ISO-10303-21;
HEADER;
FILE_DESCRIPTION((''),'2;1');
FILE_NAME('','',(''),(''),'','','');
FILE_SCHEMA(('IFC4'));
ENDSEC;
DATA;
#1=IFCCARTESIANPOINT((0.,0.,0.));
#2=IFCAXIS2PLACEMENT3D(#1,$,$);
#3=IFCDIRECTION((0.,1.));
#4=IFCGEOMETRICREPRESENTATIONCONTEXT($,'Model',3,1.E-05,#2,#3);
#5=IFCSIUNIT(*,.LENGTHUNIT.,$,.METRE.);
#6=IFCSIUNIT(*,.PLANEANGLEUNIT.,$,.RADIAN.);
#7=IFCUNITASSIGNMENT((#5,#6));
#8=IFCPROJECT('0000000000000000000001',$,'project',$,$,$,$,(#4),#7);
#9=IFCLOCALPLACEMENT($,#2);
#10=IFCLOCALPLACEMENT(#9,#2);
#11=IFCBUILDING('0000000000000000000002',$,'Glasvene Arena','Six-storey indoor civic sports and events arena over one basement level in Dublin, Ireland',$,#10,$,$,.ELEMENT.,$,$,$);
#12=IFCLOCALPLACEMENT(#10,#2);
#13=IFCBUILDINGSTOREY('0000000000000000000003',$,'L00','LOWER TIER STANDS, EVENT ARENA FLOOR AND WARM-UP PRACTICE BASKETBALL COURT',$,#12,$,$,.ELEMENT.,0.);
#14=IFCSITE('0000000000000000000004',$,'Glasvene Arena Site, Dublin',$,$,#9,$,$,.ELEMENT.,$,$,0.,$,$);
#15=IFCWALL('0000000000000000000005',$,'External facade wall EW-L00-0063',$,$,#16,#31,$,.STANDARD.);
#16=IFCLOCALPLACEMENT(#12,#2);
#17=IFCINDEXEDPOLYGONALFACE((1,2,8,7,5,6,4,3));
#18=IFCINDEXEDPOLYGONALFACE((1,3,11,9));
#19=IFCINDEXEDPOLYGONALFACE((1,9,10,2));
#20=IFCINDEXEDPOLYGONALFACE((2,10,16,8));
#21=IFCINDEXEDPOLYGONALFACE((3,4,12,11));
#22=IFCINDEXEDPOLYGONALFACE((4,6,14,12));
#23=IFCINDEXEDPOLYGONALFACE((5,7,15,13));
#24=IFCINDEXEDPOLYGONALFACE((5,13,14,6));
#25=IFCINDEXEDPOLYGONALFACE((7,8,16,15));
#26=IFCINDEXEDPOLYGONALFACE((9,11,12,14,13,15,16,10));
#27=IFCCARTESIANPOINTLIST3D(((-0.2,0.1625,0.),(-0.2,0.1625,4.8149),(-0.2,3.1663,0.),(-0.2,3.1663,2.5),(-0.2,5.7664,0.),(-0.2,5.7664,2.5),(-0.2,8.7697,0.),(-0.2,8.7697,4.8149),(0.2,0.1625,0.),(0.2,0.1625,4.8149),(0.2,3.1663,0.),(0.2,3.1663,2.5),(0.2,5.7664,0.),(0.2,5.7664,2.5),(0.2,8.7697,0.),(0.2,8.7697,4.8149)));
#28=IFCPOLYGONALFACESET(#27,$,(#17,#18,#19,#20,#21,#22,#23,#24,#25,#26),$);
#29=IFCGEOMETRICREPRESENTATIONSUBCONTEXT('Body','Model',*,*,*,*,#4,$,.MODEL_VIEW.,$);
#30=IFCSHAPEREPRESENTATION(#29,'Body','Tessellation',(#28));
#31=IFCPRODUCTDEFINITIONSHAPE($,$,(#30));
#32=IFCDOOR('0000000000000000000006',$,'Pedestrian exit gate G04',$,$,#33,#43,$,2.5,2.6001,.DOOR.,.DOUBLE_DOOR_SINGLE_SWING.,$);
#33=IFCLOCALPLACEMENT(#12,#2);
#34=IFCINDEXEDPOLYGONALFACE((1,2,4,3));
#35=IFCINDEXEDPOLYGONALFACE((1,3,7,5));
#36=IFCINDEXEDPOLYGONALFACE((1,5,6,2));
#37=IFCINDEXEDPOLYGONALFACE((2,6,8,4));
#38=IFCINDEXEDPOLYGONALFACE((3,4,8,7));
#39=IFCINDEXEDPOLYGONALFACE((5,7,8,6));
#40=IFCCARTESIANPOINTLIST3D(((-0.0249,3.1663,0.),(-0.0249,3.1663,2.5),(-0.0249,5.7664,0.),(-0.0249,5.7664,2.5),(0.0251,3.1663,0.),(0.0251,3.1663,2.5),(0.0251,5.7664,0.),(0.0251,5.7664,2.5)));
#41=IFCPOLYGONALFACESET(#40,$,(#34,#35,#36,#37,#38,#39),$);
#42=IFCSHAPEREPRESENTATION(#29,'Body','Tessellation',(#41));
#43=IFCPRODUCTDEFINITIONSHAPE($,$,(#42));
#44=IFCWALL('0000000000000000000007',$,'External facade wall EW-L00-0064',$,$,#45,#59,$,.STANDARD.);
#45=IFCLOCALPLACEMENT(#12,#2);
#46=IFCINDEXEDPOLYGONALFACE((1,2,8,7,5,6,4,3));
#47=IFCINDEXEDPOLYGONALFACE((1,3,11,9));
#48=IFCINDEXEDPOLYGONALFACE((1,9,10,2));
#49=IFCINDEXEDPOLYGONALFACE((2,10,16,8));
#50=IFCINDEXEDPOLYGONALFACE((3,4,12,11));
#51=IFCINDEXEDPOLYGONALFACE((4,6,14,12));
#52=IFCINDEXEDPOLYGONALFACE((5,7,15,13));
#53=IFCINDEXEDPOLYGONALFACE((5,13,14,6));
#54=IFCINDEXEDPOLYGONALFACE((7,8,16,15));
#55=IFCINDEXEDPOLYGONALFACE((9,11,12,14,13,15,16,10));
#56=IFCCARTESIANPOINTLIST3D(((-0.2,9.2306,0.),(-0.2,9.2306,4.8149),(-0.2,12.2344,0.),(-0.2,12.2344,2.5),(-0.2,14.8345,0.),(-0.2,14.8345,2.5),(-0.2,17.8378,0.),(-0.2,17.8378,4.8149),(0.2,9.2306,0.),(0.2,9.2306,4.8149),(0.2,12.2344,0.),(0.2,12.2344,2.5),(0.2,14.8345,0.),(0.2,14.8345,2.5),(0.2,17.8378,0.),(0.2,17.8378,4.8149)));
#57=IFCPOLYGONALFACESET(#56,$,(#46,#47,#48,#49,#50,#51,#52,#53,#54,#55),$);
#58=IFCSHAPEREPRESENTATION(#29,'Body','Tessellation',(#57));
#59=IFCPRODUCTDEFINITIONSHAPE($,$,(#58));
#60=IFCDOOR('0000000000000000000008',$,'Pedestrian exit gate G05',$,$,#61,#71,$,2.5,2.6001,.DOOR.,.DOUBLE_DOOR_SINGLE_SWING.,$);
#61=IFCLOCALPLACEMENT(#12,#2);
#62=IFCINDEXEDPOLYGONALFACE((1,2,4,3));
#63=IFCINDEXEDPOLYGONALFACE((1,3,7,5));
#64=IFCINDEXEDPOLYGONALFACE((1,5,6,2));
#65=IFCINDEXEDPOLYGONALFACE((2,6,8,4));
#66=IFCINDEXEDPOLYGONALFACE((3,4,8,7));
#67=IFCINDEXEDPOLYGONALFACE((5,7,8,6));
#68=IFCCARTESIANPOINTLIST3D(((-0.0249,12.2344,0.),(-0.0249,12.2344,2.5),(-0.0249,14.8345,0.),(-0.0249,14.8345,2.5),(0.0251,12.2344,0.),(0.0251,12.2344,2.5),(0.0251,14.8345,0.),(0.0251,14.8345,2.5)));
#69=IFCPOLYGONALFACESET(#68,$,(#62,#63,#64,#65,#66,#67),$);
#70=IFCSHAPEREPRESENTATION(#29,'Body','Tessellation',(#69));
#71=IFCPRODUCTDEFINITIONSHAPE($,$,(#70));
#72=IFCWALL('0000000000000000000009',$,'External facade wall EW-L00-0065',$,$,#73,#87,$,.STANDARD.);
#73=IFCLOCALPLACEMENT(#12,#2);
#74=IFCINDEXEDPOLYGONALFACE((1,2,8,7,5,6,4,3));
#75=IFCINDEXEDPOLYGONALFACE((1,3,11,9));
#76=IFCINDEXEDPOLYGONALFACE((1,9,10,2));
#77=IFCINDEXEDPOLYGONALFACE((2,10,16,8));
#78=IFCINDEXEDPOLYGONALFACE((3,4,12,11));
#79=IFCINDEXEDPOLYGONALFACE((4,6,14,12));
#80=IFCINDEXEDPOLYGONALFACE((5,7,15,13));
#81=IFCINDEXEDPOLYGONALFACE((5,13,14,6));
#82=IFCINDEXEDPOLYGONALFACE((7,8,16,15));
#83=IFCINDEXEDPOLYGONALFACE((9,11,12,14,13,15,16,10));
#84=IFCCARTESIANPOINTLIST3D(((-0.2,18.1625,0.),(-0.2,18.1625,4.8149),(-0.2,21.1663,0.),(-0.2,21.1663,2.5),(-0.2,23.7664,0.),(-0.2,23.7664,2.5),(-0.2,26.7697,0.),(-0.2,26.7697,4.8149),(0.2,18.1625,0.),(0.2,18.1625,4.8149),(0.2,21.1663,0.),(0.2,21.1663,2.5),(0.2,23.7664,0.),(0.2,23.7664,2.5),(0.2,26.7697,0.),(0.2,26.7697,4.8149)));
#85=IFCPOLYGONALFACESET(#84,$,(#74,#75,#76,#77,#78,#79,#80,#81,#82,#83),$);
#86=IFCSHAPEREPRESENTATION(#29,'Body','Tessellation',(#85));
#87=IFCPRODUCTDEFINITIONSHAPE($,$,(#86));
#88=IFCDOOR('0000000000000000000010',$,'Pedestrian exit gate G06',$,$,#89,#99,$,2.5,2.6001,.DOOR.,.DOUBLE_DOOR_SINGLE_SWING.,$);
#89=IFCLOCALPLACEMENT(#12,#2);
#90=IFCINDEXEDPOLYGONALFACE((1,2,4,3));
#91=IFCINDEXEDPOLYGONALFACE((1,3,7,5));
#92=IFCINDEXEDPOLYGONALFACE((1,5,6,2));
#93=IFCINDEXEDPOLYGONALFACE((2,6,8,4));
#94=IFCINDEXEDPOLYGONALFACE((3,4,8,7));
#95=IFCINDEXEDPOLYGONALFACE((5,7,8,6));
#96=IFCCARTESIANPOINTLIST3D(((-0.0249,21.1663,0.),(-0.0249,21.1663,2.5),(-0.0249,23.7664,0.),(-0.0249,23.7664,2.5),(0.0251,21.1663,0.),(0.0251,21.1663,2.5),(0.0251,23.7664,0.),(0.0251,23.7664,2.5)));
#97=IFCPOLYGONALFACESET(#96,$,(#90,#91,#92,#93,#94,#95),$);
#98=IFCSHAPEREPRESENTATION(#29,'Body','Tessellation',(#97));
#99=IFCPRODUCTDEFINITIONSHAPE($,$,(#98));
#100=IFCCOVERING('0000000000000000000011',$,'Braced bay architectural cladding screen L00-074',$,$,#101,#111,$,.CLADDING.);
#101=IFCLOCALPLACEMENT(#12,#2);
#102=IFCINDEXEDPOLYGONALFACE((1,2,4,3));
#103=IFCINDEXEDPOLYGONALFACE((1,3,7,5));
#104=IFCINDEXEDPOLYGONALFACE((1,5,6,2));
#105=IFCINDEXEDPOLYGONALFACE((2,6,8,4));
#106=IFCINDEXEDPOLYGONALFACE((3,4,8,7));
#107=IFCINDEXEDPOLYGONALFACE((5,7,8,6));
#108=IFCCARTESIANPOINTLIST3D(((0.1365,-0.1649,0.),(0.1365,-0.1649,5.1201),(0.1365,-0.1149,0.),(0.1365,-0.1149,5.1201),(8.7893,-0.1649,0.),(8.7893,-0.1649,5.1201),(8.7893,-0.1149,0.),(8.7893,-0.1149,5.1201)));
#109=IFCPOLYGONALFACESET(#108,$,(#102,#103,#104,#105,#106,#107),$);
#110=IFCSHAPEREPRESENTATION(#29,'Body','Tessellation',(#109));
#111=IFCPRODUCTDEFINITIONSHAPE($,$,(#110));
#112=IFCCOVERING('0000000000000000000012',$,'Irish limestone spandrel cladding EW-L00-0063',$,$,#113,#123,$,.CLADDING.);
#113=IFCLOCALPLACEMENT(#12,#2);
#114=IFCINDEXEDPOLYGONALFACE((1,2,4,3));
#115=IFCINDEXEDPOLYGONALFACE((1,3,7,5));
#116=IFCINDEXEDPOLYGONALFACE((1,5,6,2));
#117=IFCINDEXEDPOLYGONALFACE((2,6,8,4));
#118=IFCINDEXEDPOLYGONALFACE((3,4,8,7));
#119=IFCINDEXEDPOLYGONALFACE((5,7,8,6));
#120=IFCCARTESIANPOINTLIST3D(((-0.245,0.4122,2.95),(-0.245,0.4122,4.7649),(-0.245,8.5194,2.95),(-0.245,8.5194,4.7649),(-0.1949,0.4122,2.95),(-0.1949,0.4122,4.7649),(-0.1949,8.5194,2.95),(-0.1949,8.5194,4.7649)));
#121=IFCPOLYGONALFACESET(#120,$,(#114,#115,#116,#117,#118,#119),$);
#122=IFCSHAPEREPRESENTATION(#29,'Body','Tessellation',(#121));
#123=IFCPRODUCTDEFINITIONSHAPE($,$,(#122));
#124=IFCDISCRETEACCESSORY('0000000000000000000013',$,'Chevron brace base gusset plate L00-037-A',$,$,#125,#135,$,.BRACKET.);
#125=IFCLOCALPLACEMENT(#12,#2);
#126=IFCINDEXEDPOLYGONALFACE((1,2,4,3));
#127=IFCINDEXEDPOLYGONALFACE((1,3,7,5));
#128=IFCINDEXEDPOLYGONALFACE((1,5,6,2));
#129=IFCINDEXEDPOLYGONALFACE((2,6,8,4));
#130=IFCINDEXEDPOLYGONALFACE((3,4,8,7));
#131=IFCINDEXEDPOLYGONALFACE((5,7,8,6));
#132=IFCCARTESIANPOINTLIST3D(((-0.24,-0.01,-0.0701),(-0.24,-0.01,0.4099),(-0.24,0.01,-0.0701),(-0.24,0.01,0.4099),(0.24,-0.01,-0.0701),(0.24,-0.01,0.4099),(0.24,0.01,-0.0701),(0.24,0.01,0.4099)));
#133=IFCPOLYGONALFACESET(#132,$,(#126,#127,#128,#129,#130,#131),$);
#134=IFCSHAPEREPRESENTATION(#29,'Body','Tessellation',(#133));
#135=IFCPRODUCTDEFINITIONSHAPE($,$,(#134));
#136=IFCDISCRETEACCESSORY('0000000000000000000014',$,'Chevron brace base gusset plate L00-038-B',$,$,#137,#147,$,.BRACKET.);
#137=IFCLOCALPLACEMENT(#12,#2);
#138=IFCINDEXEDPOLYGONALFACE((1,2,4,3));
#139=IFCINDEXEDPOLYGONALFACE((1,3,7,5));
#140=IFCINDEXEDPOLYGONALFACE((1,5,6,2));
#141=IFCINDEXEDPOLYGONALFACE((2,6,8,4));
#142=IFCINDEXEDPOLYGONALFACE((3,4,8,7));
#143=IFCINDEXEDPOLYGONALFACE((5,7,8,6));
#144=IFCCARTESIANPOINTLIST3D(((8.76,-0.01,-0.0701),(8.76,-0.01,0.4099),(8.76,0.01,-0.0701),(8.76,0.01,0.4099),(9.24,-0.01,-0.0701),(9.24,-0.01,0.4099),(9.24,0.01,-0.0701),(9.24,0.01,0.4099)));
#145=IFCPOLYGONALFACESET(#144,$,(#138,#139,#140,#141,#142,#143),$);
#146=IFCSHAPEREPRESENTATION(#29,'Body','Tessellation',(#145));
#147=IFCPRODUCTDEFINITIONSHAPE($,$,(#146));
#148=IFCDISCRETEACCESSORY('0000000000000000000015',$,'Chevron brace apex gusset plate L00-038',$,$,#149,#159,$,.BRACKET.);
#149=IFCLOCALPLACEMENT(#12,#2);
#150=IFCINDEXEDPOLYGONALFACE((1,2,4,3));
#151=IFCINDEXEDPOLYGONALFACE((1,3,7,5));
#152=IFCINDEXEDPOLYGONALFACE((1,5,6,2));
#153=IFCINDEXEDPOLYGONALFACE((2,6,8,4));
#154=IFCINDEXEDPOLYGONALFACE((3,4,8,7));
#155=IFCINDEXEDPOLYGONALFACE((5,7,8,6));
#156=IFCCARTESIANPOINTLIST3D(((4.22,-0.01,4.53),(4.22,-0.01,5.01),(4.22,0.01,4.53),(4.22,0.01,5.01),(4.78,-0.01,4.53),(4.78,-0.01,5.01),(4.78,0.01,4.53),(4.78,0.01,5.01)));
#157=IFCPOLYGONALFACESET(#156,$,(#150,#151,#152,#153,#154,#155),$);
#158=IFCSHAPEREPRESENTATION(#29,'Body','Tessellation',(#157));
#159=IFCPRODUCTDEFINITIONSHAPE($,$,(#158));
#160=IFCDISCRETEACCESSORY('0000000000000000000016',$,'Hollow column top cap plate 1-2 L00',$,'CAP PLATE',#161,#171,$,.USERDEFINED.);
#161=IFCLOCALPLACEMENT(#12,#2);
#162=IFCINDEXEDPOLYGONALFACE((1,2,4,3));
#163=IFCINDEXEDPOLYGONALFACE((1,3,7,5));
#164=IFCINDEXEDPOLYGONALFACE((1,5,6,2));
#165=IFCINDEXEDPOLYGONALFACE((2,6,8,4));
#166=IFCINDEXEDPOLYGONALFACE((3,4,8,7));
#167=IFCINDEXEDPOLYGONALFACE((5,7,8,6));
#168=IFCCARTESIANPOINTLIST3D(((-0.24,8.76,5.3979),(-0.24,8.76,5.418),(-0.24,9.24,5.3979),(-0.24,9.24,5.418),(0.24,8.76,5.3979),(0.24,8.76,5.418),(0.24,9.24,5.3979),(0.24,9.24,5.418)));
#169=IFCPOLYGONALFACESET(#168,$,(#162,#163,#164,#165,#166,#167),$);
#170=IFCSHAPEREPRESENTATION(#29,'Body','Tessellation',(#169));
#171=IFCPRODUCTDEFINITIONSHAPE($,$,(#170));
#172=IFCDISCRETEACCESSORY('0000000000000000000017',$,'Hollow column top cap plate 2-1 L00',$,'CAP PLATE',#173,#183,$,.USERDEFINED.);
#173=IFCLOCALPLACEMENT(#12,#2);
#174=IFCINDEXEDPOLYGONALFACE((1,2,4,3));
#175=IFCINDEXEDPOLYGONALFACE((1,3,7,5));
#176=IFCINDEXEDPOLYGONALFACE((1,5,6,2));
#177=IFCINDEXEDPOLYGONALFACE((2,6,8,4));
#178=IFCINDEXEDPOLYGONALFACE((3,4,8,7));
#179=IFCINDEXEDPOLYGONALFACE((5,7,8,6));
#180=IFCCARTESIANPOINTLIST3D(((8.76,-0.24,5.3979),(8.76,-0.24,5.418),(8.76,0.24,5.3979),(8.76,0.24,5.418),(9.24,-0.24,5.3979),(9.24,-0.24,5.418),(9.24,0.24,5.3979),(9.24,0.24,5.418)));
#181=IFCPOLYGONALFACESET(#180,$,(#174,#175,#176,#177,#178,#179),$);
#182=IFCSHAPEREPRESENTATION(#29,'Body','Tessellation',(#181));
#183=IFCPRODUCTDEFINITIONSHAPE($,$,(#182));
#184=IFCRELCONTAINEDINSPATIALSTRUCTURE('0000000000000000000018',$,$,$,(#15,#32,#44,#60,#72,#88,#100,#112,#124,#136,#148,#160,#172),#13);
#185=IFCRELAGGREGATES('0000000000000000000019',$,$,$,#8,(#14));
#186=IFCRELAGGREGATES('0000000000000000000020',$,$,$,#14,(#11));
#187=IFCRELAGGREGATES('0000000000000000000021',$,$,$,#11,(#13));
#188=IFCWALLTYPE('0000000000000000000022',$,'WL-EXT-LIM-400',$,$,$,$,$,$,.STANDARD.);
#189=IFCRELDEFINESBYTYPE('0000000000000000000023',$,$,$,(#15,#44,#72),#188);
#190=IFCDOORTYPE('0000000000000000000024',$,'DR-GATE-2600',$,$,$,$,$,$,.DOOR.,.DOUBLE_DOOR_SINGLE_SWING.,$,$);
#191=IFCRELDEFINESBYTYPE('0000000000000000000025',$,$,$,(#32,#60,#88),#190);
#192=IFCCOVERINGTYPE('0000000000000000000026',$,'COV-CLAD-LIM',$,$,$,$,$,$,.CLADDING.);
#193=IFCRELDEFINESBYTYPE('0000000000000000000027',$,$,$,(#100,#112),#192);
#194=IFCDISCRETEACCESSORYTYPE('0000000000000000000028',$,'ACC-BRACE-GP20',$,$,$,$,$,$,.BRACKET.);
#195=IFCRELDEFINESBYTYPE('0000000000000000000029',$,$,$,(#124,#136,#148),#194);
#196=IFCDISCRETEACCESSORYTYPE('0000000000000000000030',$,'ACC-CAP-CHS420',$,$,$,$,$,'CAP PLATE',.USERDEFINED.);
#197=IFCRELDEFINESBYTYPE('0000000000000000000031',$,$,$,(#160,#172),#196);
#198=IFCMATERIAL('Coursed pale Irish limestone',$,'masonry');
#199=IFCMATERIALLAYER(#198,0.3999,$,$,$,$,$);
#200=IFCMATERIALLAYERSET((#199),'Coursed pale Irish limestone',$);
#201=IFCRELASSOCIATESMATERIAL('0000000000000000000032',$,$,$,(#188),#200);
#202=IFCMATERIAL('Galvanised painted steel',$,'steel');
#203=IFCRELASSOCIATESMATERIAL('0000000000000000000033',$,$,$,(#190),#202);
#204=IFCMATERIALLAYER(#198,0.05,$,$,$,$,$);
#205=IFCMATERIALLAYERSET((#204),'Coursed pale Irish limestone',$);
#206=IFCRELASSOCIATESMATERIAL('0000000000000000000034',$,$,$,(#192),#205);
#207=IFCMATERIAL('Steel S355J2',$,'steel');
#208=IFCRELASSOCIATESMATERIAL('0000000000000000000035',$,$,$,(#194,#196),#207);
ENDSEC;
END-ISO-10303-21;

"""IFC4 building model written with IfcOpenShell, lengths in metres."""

from ifc_helpers import new_model, si_unit, direction, frame, frame_2d, origin, origin_2d, place, context, subcontext, project, spatial, rectangle, extrude, material, layer, layer_set, type_object, element, fill, save


model = new_model("IFC4")

# Units and contexts
model_context = context("Model", 3, precision=1e-05, world=origin(), true_north=direction((0.0, 1.0)))
body_context = subcontext(model_context, "Body", "Model", "MODEL_VIEW")
ifc_project = project(units=[si_unit("LENGTHUNIT", "METRE"), si_unit("PLANEANGLEUNIT", "RADIAN")], contexts=[model_context])

# Site, building, storey
site_placement = place(None, origin())
site = spatial("IfcSite", under=ifc_project, at=site_placement, Name="Glasvene Arena Site, Dublin", CompositionType="ELEMENT", RefElevation=0.0)
building_placement = place(site_placement, origin())
building = spatial("IfcBuilding", under=site, at=building_placement, Name="Glasvene Arena", Description="Six-storey indoor civic sports and events arena over one basement level in Dublin, Ireland", CompositionType="ELEMENT")
storey_placement = place(building_placement, origin())
storey = spatial("IfcBuildingStorey", under=building, at=storey_placement, Name="L00", Description="LOWER TIER STANDS, EVENT ARENA FLOOR AND WARM-UP PRACTICE BASKETBALL COURT", CompositionType="ELEMENT", Elevation=0.0)

# Shared definitions
ifc_material_1 = material(Name="Steel S355J2", Category="steel")

# Walls, openings, doors
ifc_material_2 = material(Name="Coursed pale Irish limestone", Category="masonry")
ifc_layer_1 = layer(ifc_material_2, 0.3999)
ifc_layer_set_1 = layer_set([ifc_layer_1], Name="Coursed pale Irish limestone")
wall_type = type_object("IfcWallType", Name="WL-EXT-LIM-400", PredefinedType="STANDARD", material=ifc_layer_set_1)
wall_1_placement = place(storey_placement, frame((0.0, 0.1624, 0.0), z_axis=(0.0, 0.0, 1.0), x_axis=(0.0, 1.0, 0.0)))
wall_1 = element("IfcWall", 1, at=wall_1_placement, inside=storey, type_object=wall_type, Name="External facade wall EW-L00-0063", PredefinedType="STANDARD", context=body_context, shape_type="SweptSolid", body=[
    extrude(rectangle(XDim=8.6072, YDim=0.3999, at=frame_2d((4.3037, 0.0))), origin(), (0.0, 0.0, 1.0), 4.8149),
])
opening_1_placement = place(wall_1_placement, frame((3.0039, 0.0, 0.0)))
opening_1 = element("IfcOpeningElement", 2, at=opening_1_placement, cuts=wall_1, PredefinedType="OPENING", context=body_context, shape_type="SweptSolid", body=[
    extrude(rectangle(XDim=2.6001, YDim=2.5, at=frame_2d((1.3, 1.25))), frame((0.0, 0.21, 0.0), z_axis=(0.0, -1.0, 0.0), x_axis=(1.0, 0.0, 0.0)), (0.0, 0.0, 1.0), 0.4199),
])
ifc_material_3 = material(Name="Galvanised painted steel", Category="steel")
door_type = type_object("IfcDoorType", Name="DR-GATE-2600", OperationType="DOUBLE_DOOR_SINGLE_SWING", PredefinedType="DOOR", material=ifc_material_3)
door_1_placement = place(opening_1_placement, origin())
door_1 = element("IfcDoor", 3, at=door_1_placement, inside=storey, type_object=door_type, Name="Pedestrian exit gate G04", OperationType="DOUBLE_DOOR_SINGLE_SWING", OverallHeight=2.5, OverallWidth=2.6001, PredefinedType="DOOR", context=body_context, shape_type="SweptSolid", body=[
    extrude(rectangle(XDim=2.6001, YDim=2.5, at=frame_2d((1.3, 1.25))), frame((0.0, 0.0249, 0.0), z_axis=(0.0, -1.0, 0.0), x_axis=(1.0, 0.0, 0.0)), (0.0, 0.0, 1.0), 0.05),
])
fill(opening_1, door_1)
wall_2_placement = place(storey_placement, frame((0.0, 9.2305, 0.0), z_axis=(0.0, 0.0, 1.0), x_axis=(0.0, 1.0, 0.0)))
wall_2 = element("IfcWall", 4, at=wall_2_placement, inside=storey, type_object=wall_type, Name="External facade wall EW-L00-0064", PredefinedType="STANDARD", context=body_context, shape_type="SweptSolid", body=[
    extrude(rectangle(XDim=8.6072, YDim=0.3999, at=frame_2d((4.3037, 0.0))), origin(), (0.0, 0.0, 1.0), 4.8149),
])
opening_2_placement = place(wall_2_placement, frame((3.0039, 0.0, 0.0)))
opening_2 = element("IfcOpeningElement", 5, at=opening_2_placement, cuts=wall_2, PredefinedType="OPENING", context=body_context, shape_type="SweptSolid", body=[
    extrude(rectangle(XDim=2.6001, YDim=2.5, at=frame_2d((1.3, 1.25))), frame((0.0, 0.21, 0.0), z_axis=(0.0, -1.0, 0.0), x_axis=(1.0, 0.0, 0.0)), (0.0, 0.0, 1.0), 0.4199),
])
door_2_placement = place(opening_2_placement, origin())
door_2 = element("IfcDoor", 6, at=door_2_placement, inside=storey, type_object=door_type, Name="Pedestrian exit gate G05", OperationType="DOUBLE_DOOR_SINGLE_SWING", OverallHeight=2.5, OverallWidth=2.6001, PredefinedType="DOOR", context=body_context, shape_type="SweptSolid", body=[
    extrude(rectangle(XDim=2.6001, YDim=2.5, at=frame_2d((1.3, 1.25))), frame((0.0, 0.0249, 0.0), z_axis=(0.0, -1.0, 0.0), x_axis=(1.0, 0.0, 0.0)), (0.0, 0.0, 1.0), 0.05),
])
fill(opening_2, door_2)
wall_3_placement = place(storey_placement, frame((0.0, 18.1624, 0.0), z_axis=(0.0, 0.0, 1.0), x_axis=(0.0, 1.0, 0.0)))
wall_3 = element("IfcWall", 7, at=wall_3_placement, inside=storey, type_object=wall_type, Name="External facade wall EW-L00-0065", PredefinedType="STANDARD", context=body_context, shape_type="SweptSolid", body=[
    extrude(rectangle(XDim=8.6072, YDim=0.3999, at=frame_2d((4.3037, 0.0))), origin(), (0.0, 0.0, 1.0), 4.8149),
])
opening_3_placement = place(wall_3_placement, frame((3.0039, 0.0, 0.0)))
opening_3 = element("IfcOpeningElement", 8, at=opening_3_placement, cuts=wall_3, PredefinedType="OPENING", context=body_context, shape_type="SweptSolid", body=[
    extrude(rectangle(XDim=2.6001, YDim=2.5, at=frame_2d((1.3, 1.25))), frame((0.0, 0.21, 0.0), z_axis=(0.0, -1.0, 0.0), x_axis=(1.0, 0.0, 0.0)), (0.0, 0.0, 1.0), 0.4199),
])
door_3_placement = place(opening_3_placement, origin())
door_3 = element("IfcDoor", 9, at=door_3_placement, inside=storey, type_object=door_type, Name="Pedestrian exit gate G06", OperationType="DOUBLE_DOOR_SINGLE_SWING", OverallHeight=2.5, OverallWidth=2.6001, PredefinedType="DOOR", context=body_context, shape_type="SweptSolid", body=[
    extrude(rectangle(XDim=2.6001, YDim=2.5, at=frame_2d((1.3, 1.25))), frame((0.0, 0.0249, 0.0), z_axis=(0.0, -1.0, 0.0), x_axis=(1.0, 0.0, 0.0)), (0.0, 0.0, 1.0), 0.05),
])
fill(opening_3, door_3)

# Coverings
ifc_layer_2 = layer(ifc_material_2, 0.05)
ifc_layer_set_2 = layer_set([ifc_layer_2], Name="Coursed pale Irish limestone")
covering_type = type_object("IfcCoveringType", Name="COV-CLAD-LIM", PredefinedType="CLADDING", material=ifc_layer_set_2)
covering_1_placement = place(storey_placement, frame((4.4629, -0.1399, 0.0), z_axis=(0.0, 0.0, 1.0), x_axis=(-1.0, 0.0, 0.0)))
element("IfcCovering", 10, at=covering_1_placement, inside=storey, type_object=covering_type, Name="Braced bay architectural cladding screen L00-074", PredefinedType="CLADDING", context=body_context, shape_type="SweptSolid", body=[
    extrude(rectangle(XDim=8.6528, YDim=0.05, at=origin_2d()), origin(), (0.0, 0.0, 1.0), 5.1201),
])
covering_2_placement = place(storey_placement, frame((-0.22, 4.4658, 2.95), z_axis=(0.0, 0.0, 1.0), x_axis=(0.0, 1.0, 0.0)))
element("IfcCovering", 11, at=covering_2_placement, inside=storey, type_object=covering_type, Name="Irish limestone spandrel cladding EW-L00-0063", PredefinedType="CLADDING", context=body_context, shape_type="SweptSolid", body=[
    extrude(rectangle(XDim=8.1072, YDim=0.05, at=origin_2d()), origin(), (0.0, 0.0, 1.0), 1.8149),
])

# Discrete accessories
discrete_accessory_type_1 = type_object("IfcDiscreteAccessoryType", Name="ACC-BRACE-GP20", PredefinedType="BRACKET", material=ifc_material_1)
for number, where, z_axis, x_axis, name in (
    (12, (0.0, 0.0, -0.0701), (0.0, 0.0, 1.0), (1.0, 0.0, 0.0), "Chevron brace base gusset plate L00-037-A"),
    (13, (9.0, 0.0, -0.0701), (0.0, 0.0, 1.0), (1.0, 0.0, 0.0), "Chevron brace base gusset plate L00-038-B"),
):
    element("IfcDiscreteAccessory", number, at=place(storey_placement, frame(where, z_axis=z_axis, x_axis=x_axis)), inside=storey, type_object=discrete_accessory_type_1, Name=name, PredefinedType="BRACKET", context=body_context, shape_type="SweptSolid", body=[
        extrude(rectangle(XDim=0.48, YDim=0.02, at=origin_2d()), origin(), (0.0, 0.0, 1.0), 0.48),
    ])
discrete_accessory_placement = place(storey_placement, frame((4.5, 0.0, 4.53), z_axis=(0.0, 0.0, 1.0), x_axis=(1.0, 0.0, 0.0)))
element("IfcDiscreteAccessory", 14, at=discrete_accessory_placement, inside=storey, type_object=discrete_accessory_type_1, Name="Chevron brace apex gusset plate L00-038", PredefinedType="BRACKET", context=body_context, shape_type="SweptSolid", body=[
    extrude(rectangle(XDim=0.5601, YDim=0.02, at=origin_2d()), origin(), (0.0, 0.0, 1.0), 0.48),
])
discrete_accessory_type_2 = type_object("IfcDiscreteAccessoryType", Name="ACC-CAP-CHS420", ElementType="CAP PLATE", PredefinedType="USERDEFINED", material=ifc_material_1)
for number, where, z_axis, x_axis, name in (
    (15, (0.0, 9.0, 5.3979), (0.0, 0.0, 1.0), (1.0, 0.0, 0.0), "Hollow column top cap plate 1-2 L00"),
    (16, (9.0, 0.0, 5.3979), (0.0, 0.0, 1.0), (1.0, 0.0, 0.0), "Hollow column top cap plate 2-1 L00"),
):
    element("IfcDiscreteAccessory", number, at=place(storey_placement, frame(where, z_axis=z_axis, x_axis=x_axis)), inside=storey, type_object=discrete_accessory_type_2, Name=name, ObjectType="CAP PLATE", PredefinedType="USERDEFINED", context=body_context, shape_type="SweptSolid", body=[
        extrude(rectangle(XDim=0.48, YDim=0.48, at=origin_2d()), origin(), (0.0, 0.0, 1.0), 0.02),
    ])

save(model, "model.ifc")
